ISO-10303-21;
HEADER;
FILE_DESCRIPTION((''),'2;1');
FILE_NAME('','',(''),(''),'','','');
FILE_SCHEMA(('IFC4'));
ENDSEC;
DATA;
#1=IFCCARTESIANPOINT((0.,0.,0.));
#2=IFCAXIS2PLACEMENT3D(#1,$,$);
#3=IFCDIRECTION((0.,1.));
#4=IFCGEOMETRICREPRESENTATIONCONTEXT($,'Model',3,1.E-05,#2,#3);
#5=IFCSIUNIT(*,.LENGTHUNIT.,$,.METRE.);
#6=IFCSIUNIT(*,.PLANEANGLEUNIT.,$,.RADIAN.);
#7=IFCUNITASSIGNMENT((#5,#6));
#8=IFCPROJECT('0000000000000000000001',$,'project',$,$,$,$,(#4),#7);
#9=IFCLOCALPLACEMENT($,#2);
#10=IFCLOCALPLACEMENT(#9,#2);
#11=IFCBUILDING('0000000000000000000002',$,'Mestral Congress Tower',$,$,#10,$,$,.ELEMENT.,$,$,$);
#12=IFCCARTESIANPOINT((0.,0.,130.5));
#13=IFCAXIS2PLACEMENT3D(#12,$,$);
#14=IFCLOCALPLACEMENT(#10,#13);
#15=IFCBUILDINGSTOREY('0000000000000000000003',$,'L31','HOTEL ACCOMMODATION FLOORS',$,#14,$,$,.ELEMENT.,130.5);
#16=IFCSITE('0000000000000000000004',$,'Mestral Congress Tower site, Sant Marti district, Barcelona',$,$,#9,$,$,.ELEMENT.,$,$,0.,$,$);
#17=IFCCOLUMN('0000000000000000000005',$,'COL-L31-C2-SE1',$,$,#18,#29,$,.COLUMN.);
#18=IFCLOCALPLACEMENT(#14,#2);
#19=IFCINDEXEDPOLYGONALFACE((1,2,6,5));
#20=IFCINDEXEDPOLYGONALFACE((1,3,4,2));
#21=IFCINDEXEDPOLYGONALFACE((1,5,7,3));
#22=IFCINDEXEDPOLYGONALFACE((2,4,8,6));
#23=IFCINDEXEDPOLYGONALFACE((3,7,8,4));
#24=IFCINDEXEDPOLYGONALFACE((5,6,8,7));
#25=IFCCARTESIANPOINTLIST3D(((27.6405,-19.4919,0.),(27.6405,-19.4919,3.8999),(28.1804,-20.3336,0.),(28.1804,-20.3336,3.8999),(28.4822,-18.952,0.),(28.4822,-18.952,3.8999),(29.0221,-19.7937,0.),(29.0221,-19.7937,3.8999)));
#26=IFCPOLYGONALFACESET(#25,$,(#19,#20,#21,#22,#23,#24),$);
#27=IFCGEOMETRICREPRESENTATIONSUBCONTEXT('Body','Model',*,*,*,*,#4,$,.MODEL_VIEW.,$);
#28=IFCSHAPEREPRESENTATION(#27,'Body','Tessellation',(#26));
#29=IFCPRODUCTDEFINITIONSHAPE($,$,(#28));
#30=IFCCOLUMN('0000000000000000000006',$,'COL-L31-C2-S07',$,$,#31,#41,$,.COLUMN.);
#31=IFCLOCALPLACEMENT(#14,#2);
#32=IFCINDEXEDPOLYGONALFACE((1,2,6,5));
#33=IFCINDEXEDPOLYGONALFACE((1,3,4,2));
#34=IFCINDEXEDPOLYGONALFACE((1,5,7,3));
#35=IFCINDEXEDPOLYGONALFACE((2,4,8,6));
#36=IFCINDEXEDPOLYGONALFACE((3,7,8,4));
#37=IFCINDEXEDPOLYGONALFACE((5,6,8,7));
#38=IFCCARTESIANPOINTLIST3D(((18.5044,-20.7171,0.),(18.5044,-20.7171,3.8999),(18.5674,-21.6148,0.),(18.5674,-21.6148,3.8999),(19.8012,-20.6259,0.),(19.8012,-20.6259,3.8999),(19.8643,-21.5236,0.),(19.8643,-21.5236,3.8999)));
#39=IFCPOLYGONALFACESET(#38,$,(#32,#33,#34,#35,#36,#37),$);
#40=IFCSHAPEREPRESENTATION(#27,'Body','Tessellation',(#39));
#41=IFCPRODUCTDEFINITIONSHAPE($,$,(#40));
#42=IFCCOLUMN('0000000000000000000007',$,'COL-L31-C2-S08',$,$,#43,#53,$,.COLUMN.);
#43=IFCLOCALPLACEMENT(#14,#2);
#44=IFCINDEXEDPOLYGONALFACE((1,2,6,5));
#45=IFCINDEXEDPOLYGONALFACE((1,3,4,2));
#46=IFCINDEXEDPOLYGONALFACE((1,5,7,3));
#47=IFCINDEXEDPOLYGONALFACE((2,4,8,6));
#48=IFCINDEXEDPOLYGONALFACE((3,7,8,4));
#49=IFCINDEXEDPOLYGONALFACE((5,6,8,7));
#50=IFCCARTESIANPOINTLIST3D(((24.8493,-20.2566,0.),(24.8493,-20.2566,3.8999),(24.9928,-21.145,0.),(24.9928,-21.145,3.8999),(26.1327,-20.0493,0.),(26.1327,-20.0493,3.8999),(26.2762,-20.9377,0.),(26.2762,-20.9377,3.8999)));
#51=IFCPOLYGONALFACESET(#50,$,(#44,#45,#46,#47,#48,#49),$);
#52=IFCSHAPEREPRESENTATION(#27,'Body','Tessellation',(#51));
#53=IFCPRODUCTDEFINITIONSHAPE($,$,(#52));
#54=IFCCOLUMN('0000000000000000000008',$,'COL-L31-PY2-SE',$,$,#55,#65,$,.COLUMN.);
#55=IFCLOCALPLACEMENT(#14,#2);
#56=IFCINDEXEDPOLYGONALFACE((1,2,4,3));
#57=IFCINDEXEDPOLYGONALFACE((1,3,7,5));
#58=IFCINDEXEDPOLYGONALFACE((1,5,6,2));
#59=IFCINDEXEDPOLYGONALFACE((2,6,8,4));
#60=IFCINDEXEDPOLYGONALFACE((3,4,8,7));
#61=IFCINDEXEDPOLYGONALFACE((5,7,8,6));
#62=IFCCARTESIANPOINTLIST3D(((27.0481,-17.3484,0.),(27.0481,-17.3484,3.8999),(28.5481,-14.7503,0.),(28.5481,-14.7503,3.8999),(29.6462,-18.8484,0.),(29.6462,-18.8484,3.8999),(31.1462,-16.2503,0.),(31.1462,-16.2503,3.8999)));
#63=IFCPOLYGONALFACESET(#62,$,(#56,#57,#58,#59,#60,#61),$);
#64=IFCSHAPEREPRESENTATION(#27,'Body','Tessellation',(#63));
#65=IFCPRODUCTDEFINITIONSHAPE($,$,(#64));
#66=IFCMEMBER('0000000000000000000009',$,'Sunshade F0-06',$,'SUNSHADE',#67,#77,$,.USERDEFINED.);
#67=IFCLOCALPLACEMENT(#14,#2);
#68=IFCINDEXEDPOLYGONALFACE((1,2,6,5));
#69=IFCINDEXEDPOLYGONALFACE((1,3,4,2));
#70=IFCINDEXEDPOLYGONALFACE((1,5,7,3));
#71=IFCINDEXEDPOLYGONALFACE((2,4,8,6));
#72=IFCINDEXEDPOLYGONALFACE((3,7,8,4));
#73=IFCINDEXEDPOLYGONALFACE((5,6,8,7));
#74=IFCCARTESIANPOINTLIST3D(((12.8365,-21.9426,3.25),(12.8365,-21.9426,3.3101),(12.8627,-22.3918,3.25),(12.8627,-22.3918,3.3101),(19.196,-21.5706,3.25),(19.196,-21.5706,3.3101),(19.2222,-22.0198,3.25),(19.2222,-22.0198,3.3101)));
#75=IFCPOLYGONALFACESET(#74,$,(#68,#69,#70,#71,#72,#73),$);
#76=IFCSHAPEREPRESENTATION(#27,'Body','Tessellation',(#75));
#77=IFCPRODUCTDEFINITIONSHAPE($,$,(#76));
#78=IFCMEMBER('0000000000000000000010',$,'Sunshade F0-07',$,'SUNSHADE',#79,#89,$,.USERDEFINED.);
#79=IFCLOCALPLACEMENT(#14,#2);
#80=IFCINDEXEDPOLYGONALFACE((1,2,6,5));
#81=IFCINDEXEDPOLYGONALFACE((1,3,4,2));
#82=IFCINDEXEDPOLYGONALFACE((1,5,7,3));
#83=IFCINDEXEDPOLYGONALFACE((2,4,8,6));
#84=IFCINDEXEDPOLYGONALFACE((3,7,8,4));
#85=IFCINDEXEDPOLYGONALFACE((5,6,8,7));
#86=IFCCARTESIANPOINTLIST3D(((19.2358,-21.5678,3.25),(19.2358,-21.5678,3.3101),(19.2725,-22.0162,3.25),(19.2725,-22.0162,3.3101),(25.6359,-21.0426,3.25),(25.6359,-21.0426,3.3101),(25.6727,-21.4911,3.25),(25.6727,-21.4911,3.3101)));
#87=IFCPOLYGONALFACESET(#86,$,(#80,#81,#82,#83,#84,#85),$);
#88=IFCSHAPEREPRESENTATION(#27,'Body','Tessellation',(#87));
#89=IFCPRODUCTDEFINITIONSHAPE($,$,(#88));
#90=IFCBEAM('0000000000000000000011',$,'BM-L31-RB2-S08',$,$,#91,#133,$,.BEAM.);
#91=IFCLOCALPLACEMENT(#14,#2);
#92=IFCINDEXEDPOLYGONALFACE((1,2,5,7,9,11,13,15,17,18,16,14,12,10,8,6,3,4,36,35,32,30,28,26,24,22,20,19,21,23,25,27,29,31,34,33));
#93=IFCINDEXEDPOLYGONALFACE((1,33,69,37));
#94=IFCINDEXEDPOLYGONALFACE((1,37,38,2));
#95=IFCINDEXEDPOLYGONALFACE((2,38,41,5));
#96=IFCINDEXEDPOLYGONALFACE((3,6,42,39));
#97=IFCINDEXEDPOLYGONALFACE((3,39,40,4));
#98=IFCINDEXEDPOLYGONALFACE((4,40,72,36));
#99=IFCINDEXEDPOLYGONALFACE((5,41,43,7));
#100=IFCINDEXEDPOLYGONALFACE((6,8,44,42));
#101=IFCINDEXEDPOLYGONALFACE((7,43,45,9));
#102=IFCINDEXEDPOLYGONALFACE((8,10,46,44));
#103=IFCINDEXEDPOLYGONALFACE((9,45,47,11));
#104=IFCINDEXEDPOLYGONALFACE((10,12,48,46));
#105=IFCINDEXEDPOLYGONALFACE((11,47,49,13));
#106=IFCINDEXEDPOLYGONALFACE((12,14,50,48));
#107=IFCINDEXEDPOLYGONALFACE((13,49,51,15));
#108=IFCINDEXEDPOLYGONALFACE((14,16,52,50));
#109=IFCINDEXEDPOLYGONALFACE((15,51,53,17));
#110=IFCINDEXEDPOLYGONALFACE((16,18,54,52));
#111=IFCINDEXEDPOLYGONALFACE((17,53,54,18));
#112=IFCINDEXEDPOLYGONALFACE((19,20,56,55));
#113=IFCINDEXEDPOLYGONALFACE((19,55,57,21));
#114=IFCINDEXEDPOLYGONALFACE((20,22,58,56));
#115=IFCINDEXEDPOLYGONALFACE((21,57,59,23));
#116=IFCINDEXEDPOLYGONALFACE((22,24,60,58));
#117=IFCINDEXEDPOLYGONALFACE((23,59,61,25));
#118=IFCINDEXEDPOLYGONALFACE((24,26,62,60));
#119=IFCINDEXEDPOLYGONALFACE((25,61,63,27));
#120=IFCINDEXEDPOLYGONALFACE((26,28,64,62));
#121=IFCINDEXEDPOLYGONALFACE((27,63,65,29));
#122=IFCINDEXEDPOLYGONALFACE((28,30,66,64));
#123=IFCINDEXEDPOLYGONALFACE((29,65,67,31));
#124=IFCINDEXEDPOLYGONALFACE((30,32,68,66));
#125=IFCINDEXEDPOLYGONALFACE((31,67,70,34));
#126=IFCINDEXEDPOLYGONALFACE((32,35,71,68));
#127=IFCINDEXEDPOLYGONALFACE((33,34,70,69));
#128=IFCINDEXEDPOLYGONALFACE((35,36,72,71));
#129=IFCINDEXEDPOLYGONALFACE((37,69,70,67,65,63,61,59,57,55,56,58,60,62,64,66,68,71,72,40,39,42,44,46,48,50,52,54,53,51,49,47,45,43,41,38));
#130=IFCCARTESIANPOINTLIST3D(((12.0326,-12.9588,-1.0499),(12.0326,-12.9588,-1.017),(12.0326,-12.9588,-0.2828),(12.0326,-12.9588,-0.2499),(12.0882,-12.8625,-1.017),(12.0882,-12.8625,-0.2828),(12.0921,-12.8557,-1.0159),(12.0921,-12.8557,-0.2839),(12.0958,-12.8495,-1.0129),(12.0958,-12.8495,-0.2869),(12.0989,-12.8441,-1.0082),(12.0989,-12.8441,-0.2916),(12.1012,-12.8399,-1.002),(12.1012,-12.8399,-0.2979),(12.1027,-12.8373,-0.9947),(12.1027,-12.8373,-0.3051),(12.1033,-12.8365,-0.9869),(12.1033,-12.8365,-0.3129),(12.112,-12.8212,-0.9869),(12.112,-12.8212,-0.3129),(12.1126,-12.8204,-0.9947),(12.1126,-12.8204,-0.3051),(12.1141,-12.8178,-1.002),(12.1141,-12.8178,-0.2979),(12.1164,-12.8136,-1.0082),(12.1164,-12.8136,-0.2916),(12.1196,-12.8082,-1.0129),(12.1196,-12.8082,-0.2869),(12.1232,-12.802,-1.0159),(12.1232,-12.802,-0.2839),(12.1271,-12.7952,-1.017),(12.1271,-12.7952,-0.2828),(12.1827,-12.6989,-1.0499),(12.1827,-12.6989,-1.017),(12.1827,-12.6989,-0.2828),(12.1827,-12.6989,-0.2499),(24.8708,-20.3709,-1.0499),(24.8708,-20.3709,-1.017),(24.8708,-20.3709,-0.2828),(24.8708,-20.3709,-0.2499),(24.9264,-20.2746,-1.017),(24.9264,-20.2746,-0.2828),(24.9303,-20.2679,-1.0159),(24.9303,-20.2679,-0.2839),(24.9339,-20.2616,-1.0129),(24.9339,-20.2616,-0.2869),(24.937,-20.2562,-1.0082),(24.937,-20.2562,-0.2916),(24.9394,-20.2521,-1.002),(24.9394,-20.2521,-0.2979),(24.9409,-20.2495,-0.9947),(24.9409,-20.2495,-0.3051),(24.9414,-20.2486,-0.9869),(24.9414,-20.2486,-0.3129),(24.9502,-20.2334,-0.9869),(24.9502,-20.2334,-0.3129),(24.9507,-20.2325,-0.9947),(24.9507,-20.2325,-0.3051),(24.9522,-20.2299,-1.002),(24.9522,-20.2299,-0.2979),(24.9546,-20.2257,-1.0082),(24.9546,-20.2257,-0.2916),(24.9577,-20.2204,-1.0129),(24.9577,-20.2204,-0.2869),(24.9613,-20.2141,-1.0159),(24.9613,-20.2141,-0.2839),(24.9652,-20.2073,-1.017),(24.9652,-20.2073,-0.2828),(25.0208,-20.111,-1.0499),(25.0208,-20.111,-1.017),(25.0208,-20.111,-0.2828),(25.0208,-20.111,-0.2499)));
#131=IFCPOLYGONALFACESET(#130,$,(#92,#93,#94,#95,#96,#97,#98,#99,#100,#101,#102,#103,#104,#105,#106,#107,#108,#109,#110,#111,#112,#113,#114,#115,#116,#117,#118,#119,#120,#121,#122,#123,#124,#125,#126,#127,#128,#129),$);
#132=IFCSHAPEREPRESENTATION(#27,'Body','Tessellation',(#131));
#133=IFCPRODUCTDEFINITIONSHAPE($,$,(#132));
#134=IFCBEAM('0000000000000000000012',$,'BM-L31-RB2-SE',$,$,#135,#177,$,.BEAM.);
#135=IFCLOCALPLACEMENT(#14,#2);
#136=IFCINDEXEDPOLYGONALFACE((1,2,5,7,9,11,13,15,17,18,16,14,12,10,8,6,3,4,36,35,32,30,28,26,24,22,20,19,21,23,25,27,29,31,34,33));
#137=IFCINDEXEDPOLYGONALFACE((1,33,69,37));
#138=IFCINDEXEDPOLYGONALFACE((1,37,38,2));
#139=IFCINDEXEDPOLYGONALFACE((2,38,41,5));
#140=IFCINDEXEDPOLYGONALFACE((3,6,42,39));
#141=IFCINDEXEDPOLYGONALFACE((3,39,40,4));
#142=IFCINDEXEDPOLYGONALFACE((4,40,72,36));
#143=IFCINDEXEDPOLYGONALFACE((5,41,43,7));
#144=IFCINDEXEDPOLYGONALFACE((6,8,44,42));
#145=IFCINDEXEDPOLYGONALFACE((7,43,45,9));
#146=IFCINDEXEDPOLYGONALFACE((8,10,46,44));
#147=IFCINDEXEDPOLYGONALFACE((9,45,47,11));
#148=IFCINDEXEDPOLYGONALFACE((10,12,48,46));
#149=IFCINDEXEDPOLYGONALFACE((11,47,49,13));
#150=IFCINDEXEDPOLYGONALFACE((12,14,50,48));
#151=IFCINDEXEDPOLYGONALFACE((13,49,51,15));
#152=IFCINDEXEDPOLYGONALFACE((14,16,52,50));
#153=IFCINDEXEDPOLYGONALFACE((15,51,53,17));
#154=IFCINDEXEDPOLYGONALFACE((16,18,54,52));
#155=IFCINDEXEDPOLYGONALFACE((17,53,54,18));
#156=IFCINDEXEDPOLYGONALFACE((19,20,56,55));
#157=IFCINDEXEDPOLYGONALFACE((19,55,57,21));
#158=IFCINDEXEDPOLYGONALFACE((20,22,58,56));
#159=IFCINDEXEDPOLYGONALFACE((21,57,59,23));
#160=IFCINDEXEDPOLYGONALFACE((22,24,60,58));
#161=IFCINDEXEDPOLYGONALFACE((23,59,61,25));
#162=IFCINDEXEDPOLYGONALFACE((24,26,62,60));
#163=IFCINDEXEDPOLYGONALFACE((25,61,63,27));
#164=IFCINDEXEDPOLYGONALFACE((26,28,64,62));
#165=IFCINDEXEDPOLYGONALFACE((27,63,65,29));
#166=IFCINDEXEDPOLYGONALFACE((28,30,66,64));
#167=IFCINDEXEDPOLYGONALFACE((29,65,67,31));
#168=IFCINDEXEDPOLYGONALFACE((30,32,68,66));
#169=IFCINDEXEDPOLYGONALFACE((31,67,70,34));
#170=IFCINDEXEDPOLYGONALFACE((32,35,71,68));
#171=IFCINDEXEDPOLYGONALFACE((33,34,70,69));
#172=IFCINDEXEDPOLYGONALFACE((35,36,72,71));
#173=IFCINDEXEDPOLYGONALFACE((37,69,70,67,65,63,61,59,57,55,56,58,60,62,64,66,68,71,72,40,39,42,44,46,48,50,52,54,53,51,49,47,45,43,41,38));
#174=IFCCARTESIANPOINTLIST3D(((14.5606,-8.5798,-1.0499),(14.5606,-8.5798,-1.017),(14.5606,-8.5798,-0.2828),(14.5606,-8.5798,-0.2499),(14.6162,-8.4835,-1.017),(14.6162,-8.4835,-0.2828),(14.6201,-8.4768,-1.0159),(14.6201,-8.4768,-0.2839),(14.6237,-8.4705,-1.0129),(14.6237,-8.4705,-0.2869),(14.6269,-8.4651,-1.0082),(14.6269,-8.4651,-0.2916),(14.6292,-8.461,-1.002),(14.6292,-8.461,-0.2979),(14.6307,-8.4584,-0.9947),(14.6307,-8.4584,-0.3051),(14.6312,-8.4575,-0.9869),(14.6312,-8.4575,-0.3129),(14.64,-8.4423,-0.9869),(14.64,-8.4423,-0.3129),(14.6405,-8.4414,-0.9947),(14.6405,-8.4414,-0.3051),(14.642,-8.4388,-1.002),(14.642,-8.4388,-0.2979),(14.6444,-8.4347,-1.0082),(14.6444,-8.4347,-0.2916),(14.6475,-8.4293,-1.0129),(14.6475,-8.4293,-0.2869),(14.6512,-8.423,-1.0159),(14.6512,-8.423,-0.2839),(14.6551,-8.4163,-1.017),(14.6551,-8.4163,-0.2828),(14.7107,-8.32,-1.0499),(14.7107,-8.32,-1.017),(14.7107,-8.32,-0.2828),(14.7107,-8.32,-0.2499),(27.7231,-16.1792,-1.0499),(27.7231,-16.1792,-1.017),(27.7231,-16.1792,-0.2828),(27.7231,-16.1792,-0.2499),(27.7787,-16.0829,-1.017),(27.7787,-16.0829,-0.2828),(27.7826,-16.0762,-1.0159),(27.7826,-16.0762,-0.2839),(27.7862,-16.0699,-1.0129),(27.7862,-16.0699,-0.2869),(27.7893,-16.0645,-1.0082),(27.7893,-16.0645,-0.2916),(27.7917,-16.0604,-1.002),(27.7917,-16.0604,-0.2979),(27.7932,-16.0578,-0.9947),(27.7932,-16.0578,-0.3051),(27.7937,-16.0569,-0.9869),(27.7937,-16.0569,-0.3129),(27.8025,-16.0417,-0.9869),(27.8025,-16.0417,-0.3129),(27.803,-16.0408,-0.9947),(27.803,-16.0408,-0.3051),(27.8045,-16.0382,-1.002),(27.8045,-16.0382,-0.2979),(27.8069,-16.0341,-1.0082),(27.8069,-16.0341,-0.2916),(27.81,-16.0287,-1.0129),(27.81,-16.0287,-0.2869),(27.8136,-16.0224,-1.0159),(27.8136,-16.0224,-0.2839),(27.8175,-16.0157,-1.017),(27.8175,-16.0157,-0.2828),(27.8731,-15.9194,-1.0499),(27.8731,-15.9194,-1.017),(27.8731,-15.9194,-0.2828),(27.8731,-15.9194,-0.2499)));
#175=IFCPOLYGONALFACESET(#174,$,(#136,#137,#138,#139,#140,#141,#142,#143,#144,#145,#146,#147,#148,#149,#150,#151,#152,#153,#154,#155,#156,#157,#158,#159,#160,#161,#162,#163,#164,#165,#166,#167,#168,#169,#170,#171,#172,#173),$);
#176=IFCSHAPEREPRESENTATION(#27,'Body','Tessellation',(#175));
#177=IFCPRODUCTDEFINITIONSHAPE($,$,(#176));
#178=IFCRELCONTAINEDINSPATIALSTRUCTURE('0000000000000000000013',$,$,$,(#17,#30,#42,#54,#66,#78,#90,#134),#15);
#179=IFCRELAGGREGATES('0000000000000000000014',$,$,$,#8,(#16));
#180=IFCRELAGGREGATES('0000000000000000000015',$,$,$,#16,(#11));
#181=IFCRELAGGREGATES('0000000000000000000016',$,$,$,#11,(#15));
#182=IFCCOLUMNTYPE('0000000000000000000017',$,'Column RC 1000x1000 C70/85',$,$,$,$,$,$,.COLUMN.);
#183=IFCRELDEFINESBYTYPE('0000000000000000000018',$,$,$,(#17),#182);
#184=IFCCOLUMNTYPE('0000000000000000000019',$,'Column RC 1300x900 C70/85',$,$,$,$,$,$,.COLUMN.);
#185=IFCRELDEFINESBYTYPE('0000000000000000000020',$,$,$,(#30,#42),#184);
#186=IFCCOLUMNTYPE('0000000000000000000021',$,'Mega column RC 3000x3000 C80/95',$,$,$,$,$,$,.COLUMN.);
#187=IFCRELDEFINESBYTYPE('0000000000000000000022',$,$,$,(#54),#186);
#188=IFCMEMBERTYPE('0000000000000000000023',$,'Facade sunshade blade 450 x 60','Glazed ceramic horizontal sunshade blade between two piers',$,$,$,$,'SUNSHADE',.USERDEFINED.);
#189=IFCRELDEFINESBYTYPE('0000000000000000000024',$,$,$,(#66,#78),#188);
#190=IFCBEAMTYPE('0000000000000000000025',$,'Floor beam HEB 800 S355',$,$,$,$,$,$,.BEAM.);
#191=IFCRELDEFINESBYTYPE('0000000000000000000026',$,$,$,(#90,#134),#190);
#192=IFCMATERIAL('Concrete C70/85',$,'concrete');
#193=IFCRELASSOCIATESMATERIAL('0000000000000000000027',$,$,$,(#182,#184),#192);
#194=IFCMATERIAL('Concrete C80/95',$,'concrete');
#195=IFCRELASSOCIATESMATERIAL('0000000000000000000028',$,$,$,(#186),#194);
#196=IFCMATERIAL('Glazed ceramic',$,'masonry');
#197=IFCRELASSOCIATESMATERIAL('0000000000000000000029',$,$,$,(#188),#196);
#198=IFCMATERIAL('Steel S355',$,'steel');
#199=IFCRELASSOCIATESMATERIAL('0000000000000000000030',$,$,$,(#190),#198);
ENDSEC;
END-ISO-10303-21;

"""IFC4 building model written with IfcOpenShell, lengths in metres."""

from ifc_helpers import new_model, si_unit, direction, frame, origin, origin_2d, place, context, subcontext, project, spatial, rectangle, i_section, extrude, material, material_profile, profile_set, type_object, element, save


model = new_model("IFC4")

# Units and contexts
model_context = context("Model", 3, precision=1e-05, world=origin(), true_north=direction((0.0, 1.0)))
body_context = subcontext(model_context, "Body", "Model", "MODEL_VIEW")
ifc_project = project(units=[si_unit("LENGTHUNIT", "METRE"), si_unit("PLANEANGLEUNIT", "RADIAN")], contexts=[model_context])

# Site, building, storey
site_placement = place(None, origin())
site = spatial("IfcSite", under=ifc_project, at=site_placement, Name="Mestral Congress Tower site, Sant Marti district, Barcelona", CompositionType="ELEMENT", RefElevation=0.0)
building_placement = place(site_placement, origin())
building = spatial("IfcBuilding", under=site, at=building_placement, Name="Mestral Congress Tower", CompositionType="ELEMENT")
storey_placement = place(building_placement, frame((0.0, 0.0, 130.5)))
storey = spatial("IfcBuildingStorey", under=building, at=storey_placement, Name="L31", Description="HOTEL ACCOMMODATION FLOORS", CompositionType="ELEMENT", Elevation=130.5)

# Columns
ifc_material_1 = material(Name="Concrete C70/85", Category="concrete")
ifc_material_profile_1 = material_profile(ifc_material_1, rectangle(XDim=1.0, YDim=1.0, at=origin_2d()), Name="RC 1000x1000")
ifc_profile_set_1 = profile_set([ifc_material_profile_1], Name="Concrete C70/85")
column_type_1 = type_object("IfcColumnType", Name="Column RC 1000x1000 C70/85", PredefinedType="COLUMN", material=ifc_profile_set_1)
column_1_placement = place(storey_placement, frame((28.3313, -19.6428, 0.0), z_axis=(0.0, 0.0, 1.0), x_axis=(0.8417, 0.539945, 0.0)))
element("IfcColumn", 1, at=column_1_placement, inside=storey, type_object=column_type_1, Name="COL-L31-C2-SE1", PredefinedType="COLUMN", context=body_context, shape_type="SweptSolid", body=[
    extrude(rectangle(XDim=1.0, YDim=1.0, at=origin_2d()), origin(), (0.0, 0.0, 1.0), 3.8999),
])
ifc_material_profile_2 = material_profile(ifc_material_1, rectangle(XDim=1.3, YDim=0.8999, at=origin_2d()), Name="RC 1300x900")
ifc_profile_set_2 = profile_set([ifc_material_profile_2], Name="Concrete C70/85")
column_type_2 = type_object("IfcColumnType", Name="Column RC 1300x900 C70/85", PredefinedType="COLUMN", material=ifc_profile_set_2)
for number, where, z_axis, x_axis, name in (
    (2, (19.1843, -21.1204, 0.0), (0.0, 0.0, 1.0), (0.99754, 0.070101, 0.0), "COL-L31-C2-S07"),
    (3, (25.5627, -20.5972, 0.0), (0.0, 0.0, 1.0), (0.987202, 0.159473, 0.0), "COL-L31-C2-S08"),
):
    element("IfcColumn", number, at=place(storey_placement, frame(where, z_axis=z_axis, x_axis=x_axis)), inside=storey, type_object=column_type_2, Name=name, PredefinedType="COLUMN", context=body_context, shape_type="SweptSolid", body=[
        extrude(rectangle(XDim=1.3, YDim=0.8999, at=origin_2d()), origin(), (0.0, 0.0, 1.0), 3.8999),
    ])
ifc_material_2 = material(Name="Concrete C80/95", Category="concrete")
ifc_material_profile_3 = material_profile(ifc_material_2, rectangle(XDim=3.0, YDim=3.0, at=origin_2d()), Name="RC 3000x3000")
ifc_profile_set_3 = profile_set([ifc_material_profile_3], Name="Concrete C80/95")
column_type_3 = type_object("IfcColumnType", Name="Mega column RC 3000x3000 C80/95", PredefinedType="COLUMN", material=ifc_profile_set_3)
column_2_placement = place(storey_placement, frame((29.0972, -16.7993, 0.0), z_axis=(0.0, 0.0, 1.0), x_axis=(0.866025, -0.5, 0.0)))
element("IfcColumn", 4, at=column_2_placement, inside=storey, type_object=column_type_3, Name="COL-L31-PY2-SE", PredefinedType="COLUMN", context=body_context, shape_type="SweptSolid", body=[
    extrude(rectangle(XDim=3.0, YDim=3.0, at=origin_2d()), origin(), (0.0, 0.0, 1.0), 3.8999),
])

# Members
ifc_material_3 = material(Name="Glazed ceramic", Category="masonry")
ifc_material_profile_4 = material_profile(ifc_material_3, rectangle(XDim=0.45, YDim=0.0601, at=origin_2d()), Name="Ceramic blade 450 x 60")
ifc_profile_set_4 = profile_set([ifc_material_profile_4], Name="Glazed ceramic")
member_type = type_object("IfcMemberType", Name="Facade sunshade blade 450 x 60", Description="Glazed ceramic horizontal sunshade blade between two piers", ElementType="SUNSHADE", PredefinedType="USERDEFINED", material=ifc_profile_set_4)
member_1_placement = place(storey_placement, frame((12.8496, -22.1672, 3.28), z_axis=(0.998293, 0.058407, 0.0), x_axis=(-0.058407, 0.998293, 0.0)))
element("IfcMember", 5, at=member_1_placement, inside=storey, type_object=member_type, Name="Sunshade F0-06", ObjectType="SUNSHADE", PredefinedType="USERDEFINED", context=body_context, shape_type="SweptSolid", body=[
    extrude(rectangle(XDim=0.45, YDim=0.0601, at=origin_2d()), origin(), (0.0, 0.0, 1.0), 6.3704),
])
member_2_placement = place(storey_placement, frame((19.2542, -21.792, 3.28), z_axis=(0.996651, 0.081777, 0.0), x_axis=(-0.081777, 0.996651, 0.0)))
element("IfcMember", 6, at=member_2_placement, inside=storey, type_object=member_type, Name="Sunshade F0-07", ObjectType="SUNSHADE", PredefinedType="USERDEFINED", context=body_context, shape_type="SweptSolid", body=[
    extrude(rectangle(XDim=0.45, YDim=0.0601, at=origin_2d()), origin(), (0.0, 0.0, 1.0), 6.4216),
])

# Beams
ifc_material_4 = material(Name="Steel S355", Category="steel")
ifc_material_profile_5 = material_profile(ifc_material_4, i_section(OverallWidth=0.3, OverallDepth=0.8, WebThickness=0.0176, FlangeThickness=0.033, FilletRadius=0.03, at=origin_2d()), Name="HEB 800")
ifc_profile_set_5 = profile_set([ifc_material_profile_5], Name="Steel S355")
beam_type_1 = type_object("IfcBeamType", Name="Floor beam HEB 800 S355", PredefinedType="BEAM", material=ifc_profile_set_5)
beam_1_placement = place(storey_placement, frame((24.9458, -20.241, -0.6499), z_axis=(-0.866025, 0.5, 0.0), x_axis=(-0.5, -0.866025, 0.0)))
element("IfcBeam", 7, at=beam_1_placement, inside=storey, type_object=beam_type_1, Name="BM-L31-RB2-S08", PredefinedType="BEAM", context=body_context, shape_type="SweptSolid", body=[
    extrude(i_section(OverallWidth=0.3, OverallDepth=0.8, WebThickness=0.0176, FlangeThickness=0.033, FilletRadius=0.03, at=origin_2d()), origin(), (0.0, 0.0, 1.0), 14.8242),
])
beam_2_placement = place(storey_placement, frame((27.7981, -16.0493, -0.6499), z_axis=(-0.866023, 0.500004, 0.0), x_axis=(-0.500004, -0.866023, 0.0)))
element("IfcBeam", 8, at=beam_2_placement, inside=storey, type_object=beam_type_1, Name="BM-L31-RB2-SE", PredefinedType="BEAM", context=body_context, shape_type="SweptSolid", body=[
    extrude(i_section(OverallWidth=0.3, OverallDepth=0.8, WebThickness=0.0176, FlangeThickness=0.033, FilletRadius=0.03, at=origin_2d()), origin(), (0.0, 0.0, 1.0), 15.1987),
])

save(model, "model.ifc")
